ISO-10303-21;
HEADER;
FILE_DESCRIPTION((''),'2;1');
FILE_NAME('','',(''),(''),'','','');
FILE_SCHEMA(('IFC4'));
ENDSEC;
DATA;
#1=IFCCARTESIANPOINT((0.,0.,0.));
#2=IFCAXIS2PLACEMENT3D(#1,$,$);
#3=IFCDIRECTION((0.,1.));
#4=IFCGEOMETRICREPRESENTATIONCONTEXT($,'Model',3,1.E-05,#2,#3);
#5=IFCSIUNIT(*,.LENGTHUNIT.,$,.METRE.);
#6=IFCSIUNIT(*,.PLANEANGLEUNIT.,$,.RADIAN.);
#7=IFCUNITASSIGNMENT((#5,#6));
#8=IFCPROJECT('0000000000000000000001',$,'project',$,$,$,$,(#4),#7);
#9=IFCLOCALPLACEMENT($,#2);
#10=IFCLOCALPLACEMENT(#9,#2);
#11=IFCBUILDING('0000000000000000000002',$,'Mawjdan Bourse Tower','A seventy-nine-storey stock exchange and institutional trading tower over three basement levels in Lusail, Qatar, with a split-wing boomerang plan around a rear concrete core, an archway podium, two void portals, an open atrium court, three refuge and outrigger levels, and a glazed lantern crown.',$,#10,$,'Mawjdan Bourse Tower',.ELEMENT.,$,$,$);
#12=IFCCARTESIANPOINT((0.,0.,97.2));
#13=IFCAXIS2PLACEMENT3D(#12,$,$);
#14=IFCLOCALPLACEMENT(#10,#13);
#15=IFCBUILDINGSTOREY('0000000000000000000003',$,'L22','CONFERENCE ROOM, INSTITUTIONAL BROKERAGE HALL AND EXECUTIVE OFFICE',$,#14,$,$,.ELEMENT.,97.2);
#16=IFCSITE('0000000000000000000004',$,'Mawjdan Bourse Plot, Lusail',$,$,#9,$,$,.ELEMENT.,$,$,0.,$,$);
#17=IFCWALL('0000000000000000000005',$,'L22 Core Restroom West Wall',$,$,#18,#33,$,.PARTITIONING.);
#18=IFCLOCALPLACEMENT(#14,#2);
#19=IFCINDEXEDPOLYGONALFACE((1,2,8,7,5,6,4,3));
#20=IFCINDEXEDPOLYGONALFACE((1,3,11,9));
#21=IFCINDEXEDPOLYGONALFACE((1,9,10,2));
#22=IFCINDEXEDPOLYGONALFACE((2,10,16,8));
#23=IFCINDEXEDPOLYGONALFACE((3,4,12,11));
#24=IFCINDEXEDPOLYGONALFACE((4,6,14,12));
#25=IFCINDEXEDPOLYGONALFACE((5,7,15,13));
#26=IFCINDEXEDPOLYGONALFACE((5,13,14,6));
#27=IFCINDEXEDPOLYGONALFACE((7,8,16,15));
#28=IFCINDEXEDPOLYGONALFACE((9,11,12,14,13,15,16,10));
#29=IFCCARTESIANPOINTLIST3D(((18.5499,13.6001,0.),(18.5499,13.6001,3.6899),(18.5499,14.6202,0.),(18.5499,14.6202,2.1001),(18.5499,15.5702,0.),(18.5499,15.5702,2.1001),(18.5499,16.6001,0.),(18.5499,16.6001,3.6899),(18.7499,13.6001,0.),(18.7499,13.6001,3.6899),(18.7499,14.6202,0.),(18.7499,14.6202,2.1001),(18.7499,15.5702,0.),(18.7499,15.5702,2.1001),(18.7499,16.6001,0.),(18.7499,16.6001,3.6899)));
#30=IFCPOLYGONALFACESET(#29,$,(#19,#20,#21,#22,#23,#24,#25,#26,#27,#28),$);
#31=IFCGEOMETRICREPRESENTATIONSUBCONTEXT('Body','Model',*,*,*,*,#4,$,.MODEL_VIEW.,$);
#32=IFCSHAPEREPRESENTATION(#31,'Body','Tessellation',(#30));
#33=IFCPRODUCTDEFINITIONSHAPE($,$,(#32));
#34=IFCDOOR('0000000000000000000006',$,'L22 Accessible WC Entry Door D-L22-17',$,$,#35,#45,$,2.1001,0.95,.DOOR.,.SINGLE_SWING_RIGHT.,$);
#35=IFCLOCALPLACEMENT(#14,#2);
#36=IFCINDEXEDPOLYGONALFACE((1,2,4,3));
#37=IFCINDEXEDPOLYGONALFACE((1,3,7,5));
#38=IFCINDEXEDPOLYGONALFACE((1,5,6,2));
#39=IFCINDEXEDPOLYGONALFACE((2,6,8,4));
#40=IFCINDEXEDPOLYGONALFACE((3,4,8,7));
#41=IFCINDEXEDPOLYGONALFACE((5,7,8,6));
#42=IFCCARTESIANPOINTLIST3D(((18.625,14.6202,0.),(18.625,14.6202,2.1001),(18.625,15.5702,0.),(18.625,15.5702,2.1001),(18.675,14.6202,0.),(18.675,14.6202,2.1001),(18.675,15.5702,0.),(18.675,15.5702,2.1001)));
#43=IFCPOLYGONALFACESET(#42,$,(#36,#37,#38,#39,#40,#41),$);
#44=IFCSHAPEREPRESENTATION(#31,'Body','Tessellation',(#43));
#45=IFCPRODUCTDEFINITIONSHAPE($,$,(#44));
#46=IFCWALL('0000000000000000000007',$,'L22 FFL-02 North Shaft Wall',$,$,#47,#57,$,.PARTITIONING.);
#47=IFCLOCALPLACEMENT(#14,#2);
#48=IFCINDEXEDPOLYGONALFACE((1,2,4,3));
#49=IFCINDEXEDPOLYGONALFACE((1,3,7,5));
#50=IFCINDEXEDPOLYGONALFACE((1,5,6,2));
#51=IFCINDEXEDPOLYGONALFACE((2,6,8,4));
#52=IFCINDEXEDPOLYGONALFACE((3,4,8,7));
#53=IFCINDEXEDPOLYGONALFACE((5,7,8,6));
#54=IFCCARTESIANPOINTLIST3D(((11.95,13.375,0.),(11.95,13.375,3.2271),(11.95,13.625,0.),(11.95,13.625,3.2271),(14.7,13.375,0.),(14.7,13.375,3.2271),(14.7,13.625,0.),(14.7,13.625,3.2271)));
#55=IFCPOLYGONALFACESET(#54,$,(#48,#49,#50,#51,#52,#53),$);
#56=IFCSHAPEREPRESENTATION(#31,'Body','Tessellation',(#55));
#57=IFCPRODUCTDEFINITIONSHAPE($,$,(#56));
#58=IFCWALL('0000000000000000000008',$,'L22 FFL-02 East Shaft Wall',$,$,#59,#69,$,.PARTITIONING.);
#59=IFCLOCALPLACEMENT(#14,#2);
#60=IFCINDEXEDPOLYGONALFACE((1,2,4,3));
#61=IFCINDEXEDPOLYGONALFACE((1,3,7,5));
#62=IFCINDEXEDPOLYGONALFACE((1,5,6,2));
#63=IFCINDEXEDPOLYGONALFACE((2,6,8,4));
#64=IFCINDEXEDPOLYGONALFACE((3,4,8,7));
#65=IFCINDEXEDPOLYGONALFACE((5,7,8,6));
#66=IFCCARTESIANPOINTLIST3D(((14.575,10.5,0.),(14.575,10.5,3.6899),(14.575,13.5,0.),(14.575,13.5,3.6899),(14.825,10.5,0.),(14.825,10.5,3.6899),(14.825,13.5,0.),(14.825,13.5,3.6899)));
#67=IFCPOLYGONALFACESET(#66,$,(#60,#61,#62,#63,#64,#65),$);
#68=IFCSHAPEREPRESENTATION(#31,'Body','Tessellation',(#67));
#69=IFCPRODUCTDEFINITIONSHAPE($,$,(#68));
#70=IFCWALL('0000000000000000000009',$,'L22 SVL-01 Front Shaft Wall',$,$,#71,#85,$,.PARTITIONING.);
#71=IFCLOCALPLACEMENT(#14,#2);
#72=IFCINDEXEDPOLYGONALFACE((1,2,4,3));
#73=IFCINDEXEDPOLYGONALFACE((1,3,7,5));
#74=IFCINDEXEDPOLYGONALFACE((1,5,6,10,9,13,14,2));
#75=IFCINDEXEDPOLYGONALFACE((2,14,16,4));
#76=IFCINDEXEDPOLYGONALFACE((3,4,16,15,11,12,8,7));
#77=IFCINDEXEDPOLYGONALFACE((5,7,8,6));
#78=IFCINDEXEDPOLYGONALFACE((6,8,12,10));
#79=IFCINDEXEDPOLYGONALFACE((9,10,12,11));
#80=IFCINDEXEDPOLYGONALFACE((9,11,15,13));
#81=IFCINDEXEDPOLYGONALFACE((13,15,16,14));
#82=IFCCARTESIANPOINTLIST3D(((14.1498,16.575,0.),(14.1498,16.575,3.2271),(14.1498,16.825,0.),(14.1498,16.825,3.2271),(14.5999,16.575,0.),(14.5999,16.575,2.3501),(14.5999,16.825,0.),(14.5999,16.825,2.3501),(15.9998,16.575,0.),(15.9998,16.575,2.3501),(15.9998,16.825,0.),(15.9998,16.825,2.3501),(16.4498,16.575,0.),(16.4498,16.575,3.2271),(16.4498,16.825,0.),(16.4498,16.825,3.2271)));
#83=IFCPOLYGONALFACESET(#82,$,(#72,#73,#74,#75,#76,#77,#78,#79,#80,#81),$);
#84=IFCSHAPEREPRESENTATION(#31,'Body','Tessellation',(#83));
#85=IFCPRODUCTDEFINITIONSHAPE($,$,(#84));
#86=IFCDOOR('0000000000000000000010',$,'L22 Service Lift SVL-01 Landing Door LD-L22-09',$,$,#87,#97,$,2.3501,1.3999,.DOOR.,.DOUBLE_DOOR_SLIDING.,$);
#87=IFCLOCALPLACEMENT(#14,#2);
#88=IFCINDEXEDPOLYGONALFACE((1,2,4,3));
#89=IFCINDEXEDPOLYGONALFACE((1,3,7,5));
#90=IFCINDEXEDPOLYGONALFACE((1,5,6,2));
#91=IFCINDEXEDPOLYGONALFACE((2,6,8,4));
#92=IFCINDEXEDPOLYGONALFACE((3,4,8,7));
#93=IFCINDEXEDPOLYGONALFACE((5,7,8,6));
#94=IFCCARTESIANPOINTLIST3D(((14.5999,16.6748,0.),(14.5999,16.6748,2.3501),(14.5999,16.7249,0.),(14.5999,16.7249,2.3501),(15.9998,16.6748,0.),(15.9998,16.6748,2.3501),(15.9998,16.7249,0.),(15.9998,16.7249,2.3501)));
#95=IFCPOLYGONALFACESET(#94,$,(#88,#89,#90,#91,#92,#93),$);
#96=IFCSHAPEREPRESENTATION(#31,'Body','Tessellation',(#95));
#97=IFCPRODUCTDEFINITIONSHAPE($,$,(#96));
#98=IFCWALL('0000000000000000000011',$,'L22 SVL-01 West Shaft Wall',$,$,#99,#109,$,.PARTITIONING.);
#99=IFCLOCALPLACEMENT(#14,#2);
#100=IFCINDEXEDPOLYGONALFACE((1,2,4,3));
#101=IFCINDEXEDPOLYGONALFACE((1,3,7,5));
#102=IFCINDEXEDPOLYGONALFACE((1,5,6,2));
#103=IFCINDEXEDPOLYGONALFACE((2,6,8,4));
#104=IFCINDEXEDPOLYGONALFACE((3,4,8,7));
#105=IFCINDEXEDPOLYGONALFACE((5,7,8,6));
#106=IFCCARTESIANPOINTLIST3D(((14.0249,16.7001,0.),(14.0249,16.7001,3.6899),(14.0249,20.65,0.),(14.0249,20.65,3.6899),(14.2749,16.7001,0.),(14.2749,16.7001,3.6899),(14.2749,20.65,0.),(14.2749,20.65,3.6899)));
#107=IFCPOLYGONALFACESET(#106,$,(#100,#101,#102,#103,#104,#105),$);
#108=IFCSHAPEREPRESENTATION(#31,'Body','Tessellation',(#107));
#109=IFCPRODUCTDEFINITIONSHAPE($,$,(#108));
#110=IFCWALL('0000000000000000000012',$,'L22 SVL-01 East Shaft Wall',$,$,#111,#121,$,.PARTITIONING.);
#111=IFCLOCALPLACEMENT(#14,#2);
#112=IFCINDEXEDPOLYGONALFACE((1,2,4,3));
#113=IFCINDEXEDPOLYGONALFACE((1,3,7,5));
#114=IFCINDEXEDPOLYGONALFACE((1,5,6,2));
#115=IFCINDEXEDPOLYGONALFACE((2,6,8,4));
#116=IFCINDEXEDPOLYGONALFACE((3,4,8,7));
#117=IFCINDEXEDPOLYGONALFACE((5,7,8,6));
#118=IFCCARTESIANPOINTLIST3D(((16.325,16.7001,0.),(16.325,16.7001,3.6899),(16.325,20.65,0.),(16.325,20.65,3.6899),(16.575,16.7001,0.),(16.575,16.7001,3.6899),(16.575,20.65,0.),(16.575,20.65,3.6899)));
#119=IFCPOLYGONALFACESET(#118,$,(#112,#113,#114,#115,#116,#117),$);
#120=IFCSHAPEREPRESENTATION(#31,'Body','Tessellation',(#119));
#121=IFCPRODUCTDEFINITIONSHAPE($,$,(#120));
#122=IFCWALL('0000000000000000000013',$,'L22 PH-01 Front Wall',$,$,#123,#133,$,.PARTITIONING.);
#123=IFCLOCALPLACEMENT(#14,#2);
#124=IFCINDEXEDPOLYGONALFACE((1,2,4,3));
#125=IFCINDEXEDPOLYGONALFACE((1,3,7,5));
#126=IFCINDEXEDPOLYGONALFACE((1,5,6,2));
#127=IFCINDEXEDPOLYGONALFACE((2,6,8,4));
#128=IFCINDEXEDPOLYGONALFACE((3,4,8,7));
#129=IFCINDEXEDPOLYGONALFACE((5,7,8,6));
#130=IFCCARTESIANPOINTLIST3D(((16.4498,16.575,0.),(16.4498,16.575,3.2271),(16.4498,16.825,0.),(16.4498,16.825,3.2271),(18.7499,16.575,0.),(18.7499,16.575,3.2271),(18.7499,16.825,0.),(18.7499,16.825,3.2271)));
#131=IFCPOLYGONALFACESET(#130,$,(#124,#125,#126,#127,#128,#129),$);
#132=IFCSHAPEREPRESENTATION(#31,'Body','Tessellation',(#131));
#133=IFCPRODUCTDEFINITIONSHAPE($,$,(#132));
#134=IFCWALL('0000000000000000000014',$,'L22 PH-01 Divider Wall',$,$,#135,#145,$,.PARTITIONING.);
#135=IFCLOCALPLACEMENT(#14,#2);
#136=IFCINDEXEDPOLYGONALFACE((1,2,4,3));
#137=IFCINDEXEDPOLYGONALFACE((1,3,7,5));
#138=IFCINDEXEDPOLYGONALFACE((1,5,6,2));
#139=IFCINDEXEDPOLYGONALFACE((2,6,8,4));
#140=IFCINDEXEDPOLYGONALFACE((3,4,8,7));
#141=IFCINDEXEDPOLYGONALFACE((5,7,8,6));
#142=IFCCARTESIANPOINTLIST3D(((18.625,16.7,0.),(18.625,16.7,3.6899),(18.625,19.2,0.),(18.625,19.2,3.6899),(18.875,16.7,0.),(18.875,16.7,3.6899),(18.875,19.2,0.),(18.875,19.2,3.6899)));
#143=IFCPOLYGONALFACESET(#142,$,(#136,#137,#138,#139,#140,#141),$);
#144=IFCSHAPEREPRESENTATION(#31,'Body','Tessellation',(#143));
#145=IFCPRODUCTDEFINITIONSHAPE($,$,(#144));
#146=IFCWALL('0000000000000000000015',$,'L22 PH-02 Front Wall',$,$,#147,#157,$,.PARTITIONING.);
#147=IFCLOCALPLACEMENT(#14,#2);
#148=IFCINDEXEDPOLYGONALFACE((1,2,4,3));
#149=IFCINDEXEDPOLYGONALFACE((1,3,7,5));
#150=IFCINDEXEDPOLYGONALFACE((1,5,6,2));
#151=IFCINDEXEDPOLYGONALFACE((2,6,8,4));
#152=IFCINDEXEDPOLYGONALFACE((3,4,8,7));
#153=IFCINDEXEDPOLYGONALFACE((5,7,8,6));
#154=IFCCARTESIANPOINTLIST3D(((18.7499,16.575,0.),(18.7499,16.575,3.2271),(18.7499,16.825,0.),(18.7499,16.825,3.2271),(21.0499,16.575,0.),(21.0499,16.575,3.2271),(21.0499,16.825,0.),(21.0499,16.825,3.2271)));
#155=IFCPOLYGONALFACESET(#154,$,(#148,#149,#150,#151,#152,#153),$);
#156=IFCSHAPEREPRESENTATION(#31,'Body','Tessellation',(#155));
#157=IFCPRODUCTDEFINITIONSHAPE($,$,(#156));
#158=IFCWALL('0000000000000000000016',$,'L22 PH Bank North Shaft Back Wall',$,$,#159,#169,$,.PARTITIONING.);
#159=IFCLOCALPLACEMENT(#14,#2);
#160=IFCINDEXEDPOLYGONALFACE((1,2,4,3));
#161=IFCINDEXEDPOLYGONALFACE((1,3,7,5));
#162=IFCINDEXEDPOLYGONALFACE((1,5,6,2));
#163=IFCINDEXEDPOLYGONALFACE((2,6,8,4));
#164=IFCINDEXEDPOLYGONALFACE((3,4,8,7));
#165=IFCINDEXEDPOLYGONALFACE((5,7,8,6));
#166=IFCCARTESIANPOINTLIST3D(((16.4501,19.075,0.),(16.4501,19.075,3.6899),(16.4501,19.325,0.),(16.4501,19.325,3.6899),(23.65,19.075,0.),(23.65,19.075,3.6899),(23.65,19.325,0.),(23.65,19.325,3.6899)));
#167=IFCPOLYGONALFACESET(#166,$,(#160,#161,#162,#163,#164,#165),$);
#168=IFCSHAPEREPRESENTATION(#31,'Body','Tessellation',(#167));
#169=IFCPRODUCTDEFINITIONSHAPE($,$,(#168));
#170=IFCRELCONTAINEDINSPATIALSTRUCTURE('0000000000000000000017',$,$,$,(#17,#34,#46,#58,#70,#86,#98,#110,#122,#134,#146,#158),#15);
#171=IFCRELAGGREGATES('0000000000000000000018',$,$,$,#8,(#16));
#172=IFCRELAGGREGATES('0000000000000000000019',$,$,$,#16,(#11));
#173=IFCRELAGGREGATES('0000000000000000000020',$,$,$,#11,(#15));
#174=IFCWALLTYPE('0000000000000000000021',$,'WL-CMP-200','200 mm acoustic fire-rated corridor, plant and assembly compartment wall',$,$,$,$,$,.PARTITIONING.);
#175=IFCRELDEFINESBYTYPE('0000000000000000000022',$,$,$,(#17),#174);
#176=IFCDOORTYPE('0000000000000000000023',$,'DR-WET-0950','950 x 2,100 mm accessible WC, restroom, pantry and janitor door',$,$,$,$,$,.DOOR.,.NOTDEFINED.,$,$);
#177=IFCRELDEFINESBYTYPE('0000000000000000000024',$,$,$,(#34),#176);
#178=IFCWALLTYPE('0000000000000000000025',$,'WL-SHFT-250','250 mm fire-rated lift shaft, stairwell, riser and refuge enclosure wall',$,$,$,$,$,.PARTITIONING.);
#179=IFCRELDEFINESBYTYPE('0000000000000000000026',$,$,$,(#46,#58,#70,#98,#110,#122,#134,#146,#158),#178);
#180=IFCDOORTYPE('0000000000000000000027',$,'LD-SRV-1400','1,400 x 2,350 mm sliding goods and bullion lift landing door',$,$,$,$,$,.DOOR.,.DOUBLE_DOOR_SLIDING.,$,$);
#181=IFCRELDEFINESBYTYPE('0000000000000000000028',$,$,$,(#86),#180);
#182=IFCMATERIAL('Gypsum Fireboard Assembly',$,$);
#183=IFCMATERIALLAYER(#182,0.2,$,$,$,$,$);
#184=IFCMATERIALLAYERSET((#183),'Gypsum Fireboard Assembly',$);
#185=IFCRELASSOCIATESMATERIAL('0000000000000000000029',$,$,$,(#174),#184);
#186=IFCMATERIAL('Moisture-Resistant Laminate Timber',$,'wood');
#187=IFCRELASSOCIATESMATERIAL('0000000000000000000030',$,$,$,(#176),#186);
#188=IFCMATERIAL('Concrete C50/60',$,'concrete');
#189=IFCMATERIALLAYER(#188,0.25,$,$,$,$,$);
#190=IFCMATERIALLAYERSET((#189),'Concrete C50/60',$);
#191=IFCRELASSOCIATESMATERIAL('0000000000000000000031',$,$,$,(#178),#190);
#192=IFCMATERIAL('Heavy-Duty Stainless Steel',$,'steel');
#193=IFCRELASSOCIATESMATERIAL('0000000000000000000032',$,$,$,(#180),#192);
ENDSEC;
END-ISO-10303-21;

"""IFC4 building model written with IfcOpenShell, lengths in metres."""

from ifc_helpers import new_model, si_unit, direction, frame, frame_2d, origin, place, context, subcontext, project, spatial, rectangle, extrude, material, layer, layer_set, type_object, element, fill, save


model = new_model("IFC4")

# Units and contexts
model_context = context("Model", 3, precision=1e-05, world=origin(), true_north=direction((0.0, 1.0)))
body_context = subcontext(model_context, "Body", "Model", "MODEL_VIEW")
ifc_project = project(units=[si_unit("LENGTHUNIT", "METRE"), si_unit("PLANEANGLEUNIT", "RADIAN")], contexts=[model_context])

# Site, building, storey
site_placement = place(None, origin())
site = spatial("IfcSite", under=ifc_project, at=site_placement, Name="Mawjdan Bourse Plot, Lusail", CompositionType="ELEMENT", RefElevation=0.0)
building_placement = place(site_placement, origin())
building = spatial("IfcBuilding", under=site, at=building_placement, Name="Mawjdan Bourse Tower", Description="A seventy-nine-storey stock exchange and institutional trading tower over three basement levels in Lusail, Qatar, with a split-wing boomerang plan around a rear concrete core, an archway podium, two void portals, an open atrium court, three refuge and outrigger levels, and a glazed lantern crown.", LongName="Mawjdan Bourse Tower", CompositionType="ELEMENT")
storey_placement = place(building_placement, frame((0.0, 0.0, 97.2)))
storey = spatial("IfcBuildingStorey", under=building, at=storey_placement, Name="L22", Description="CONFERENCE ROOM, INSTITUTIONAL BROKERAGE HALL AND EXECUTIVE OFFICE", CompositionType="ELEMENT", Elevation=97.2)

# Wall, opening, door
ifc_material_1 = material(Name="Gypsum Fireboard Assembly")
ifc_layer_1 = layer(ifc_material_1, 0.2)
ifc_layer_set_1 = layer_set([ifc_layer_1], Name="Gypsum Fireboard Assembly")
wall_type_1 = type_object("IfcWallType", Name="WL-CMP-200", Description="200 mm acoustic fire-rated corridor, plant and assembly compartment wall", PredefinedType="PARTITIONING", material=ifc_layer_set_1)
wall_1_placement = place(storey_placement, frame((18.6499, 13.6001, 0.0), z_axis=(0.0, 0.0, 1.0), x_axis=(0.0, 1.0, 0.0)))
wall_1 = element("IfcWall", 1, at=wall_1_placement, inside=storey, type_object=wall_type_1, Name="L22 Core Restroom West Wall", PredefinedType="PARTITIONING", context=body_context, shape_type="SweptSolid", body=[
    extrude(rectangle(XDim=3.0, YDim=0.2, at=frame_2d((1.5, 0.0))), origin(), (0.0, 0.0, 1.0), 3.6899),
])
opening_1_placement = place(wall_1_placement, frame((1.02, 0.0, 0.0)))
opening_1 = element("IfcOpeningElement", 2, at=opening_1_placement, cuts=wall_1, PredefinedType="OPENING", context=body_context, shape_type="SweptSolid", body=[
    extrude(rectangle(XDim=0.95, YDim=2.1001, at=frame_2d((0.4751, 1.05))), frame((0.0, 0.1099, 0.0), z_axis=(0.0, -1.0, 0.0), x_axis=(1.0, 0.0, 0.0)), (0.0, 0.0, 1.0), 0.22),
])
ifc_material_2 = material(Name="Moisture-Resistant Laminate Timber", Category="wood")
door_type_1 = type_object("IfcDoorType", Name="DR-WET-0950", Description="950 x 2,100 mm accessible WC, restroom, pantry and janitor door", OperationType="NOTDEFINED", PredefinedType="DOOR", material=ifc_material_2)
door_1_placement = place(opening_1_placement, origin())
door_1 = element("IfcDoor", 3, at=door_1_placement, inside=storey, type_object=door_type_1, Name="L22 Accessible WC Entry Door D-L22-17", OperationType="SINGLE_SWING_RIGHT", OverallHeight=2.1001, OverallWidth=0.95, PredefinedType="DOOR", context=body_context, shape_type="SweptSolid", body=[
    extrude(rectangle(XDim=0.95, YDim=2.1001, at=frame_2d((0.4751, 1.05))), frame((0.0, 0.0249, 0.0), z_axis=(0.0, -1.0, 0.0), x_axis=(1.0, 0.0, 0.0)), (0.0, 0.0, 1.0), 0.05),
])
fill(opening_1, door_1)

# Walls
ifc_material_3 = material(Name="Concrete C50/60", Category="concrete")
ifc_layer_2 = layer(ifc_material_3, 0.25)
ifc_layer_set_2 = layer_set([ifc_layer_2], Name="Concrete C50/60")
wall_type_2 = type_object("IfcWallType", Name="WL-SHFT-250", Description="250 mm fire-rated lift shaft, stairwell, riser and refuge enclosure wall", PredefinedType="PARTITIONING", material=ifc_layer_set_2)
wall_2_placement = place(storey_placement, frame((11.95, 13.5, 0.0), z_axis=(0.0, 0.0, 1.0), x_axis=(1.0, 0.0, 0.0)))
element("IfcWall", 4, at=wall_2_placement, inside=storey, type_object=wall_type_2, Name="L22 FFL-02 North Shaft Wall", PredefinedType="PARTITIONING", context=body_context, shape_type="SweptSolid", body=[
    extrude(rectangle(XDim=2.75, YDim=0.25, at=frame_2d((1.375, 0.0))), origin(), (0.0, 0.0, 1.0), 3.2271),
])
wall_3_placement = place(storey_placement, frame((14.7, 10.5, 0.0), z_axis=(0.0, 0.0, 1.0), x_axis=(0.0, 1.0, 0.0)))
element("IfcWall", 5, at=wall_3_placement, inside=storey, type_object=wall_type_2, Name="L22 FFL-02 East Shaft Wall", PredefinedType="PARTITIONING", context=body_context, shape_type="SweptSolid", body=[
    extrude(rectangle(XDim=3.0, YDim=0.25, at=frame_2d((1.5, 0.0))), origin(), (0.0, 0.0, 1.0), 3.6899),
])

# Wall, opening, door
wall_4_placement = place(storey_placement, frame((14.1499, 16.7, 0.0), z_axis=(0.0, 0.0, 1.0), x_axis=(1.0, 0.0, 0.0)))
wall_4 = element("IfcWall", 6, at=wall_4_placement, inside=storey, type_object=wall_type_2, Name="L22 SVL-01 Front Shaft Wall", PredefinedType="PARTITIONING", context=body_context, shape_type="SweptSolid", body=[
    extrude(rectangle(XDim=2.3, YDim=0.25, at=frame_2d((1.1499, 0.0))), origin(), (0.0, 0.0, 1.0), 3.2271),
])
opening_2_placement = place(wall_4_placement, frame((0.45, 0.0, 0.0)))
opening_2 = element("IfcOpeningElement", 7, at=opening_2_placement, cuts=wall_4, PredefinedType="OPENING", context=body_context, shape_type="SweptSolid", body=[
    extrude(rectangle(XDim=1.3999, YDim=2.3501, at=frame_2d((0.7, 1.175))), frame((0.0, 0.135, 0.0), z_axis=(0.0, -1.0, 0.0), x_axis=(1.0, 0.0, 0.0)), (0.0, 0.0, 1.0), 0.27),
])
ifc_material_4 = material(Name="Heavy-Duty Stainless Steel", Category="steel")
door_type_2 = type_object("IfcDoorType", Name="LD-SRV-1400", Description="1,400 x 2,350 mm sliding goods and bullion lift landing door", OperationType="DOUBLE_DOOR_SLIDING", PredefinedType="DOOR", material=ifc_material_4)
door_2_placement = place(opening_2_placement, origin())
door_2 = element("IfcDoor", 8, at=door_2_placement, inside=storey, type_object=door_type_2, Name="L22 Service Lift SVL-01 Landing Door LD-L22-09", OperationType="DOUBLE_DOOR_SLIDING", OverallHeight=2.3501, OverallWidth=1.3999, PredefinedType="DOOR", context=body_context, shape_type="SweptSolid", body=[
    extrude(rectangle(XDim=1.3999, YDim=2.3501, at=frame_2d((0.7, 1.175))), frame((0.0, 0.0249, 0.0), z_axis=(0.0, -1.0, 0.0), x_axis=(1.0, 0.0, 0.0)), (0.0, 0.0, 1.0), 0.05),
])
fill(opening_2, door_2)

# Walls
for number, where, z_axis, x_axis, name in (
    (9, (14.1499, 16.7, 0.0), (0.0, 0.0, 1.0), (0.0, 1.0, 0.0), "L22 SVL-01 West Shaft Wall"),
    (10, (16.45, 16.7, 0.0), (0.0, 0.0, 1.0), (0.0, 1.0, 0.0), "L22 SVL-01 East Shaft Wall"),
):
    element("IfcWall", number, at=place(storey_placement, frame(where, z_axis=z_axis, x_axis=x_axis)), inside=storey, type_object=wall_type_2, Name=name, PredefinedType="PARTITIONING", context=body_context, shape_type="SweptSolid", body=[
        extrude(rectangle(XDim=3.95, YDim=0.25, at=frame_2d((1.9751, 0.0))), origin(), (0.0, 0.0, 1.0), 3.6899),
    ])
wall_5_placement = place(storey_placement, frame((16.45, 16.7, 0.0), z_axis=(0.0, 0.0, 1.0), x_axis=(1.0, 0.0, 0.0)))
element("IfcWall", 11, at=wall_5_placement, inside=storey, type_object=wall_type_2, Name="L22 PH-01 Front Wall", PredefinedType="PARTITIONING", context=body_context, shape_type="SweptSolid", body=[
    extrude(rectangle(XDim=2.3, YDim=0.25, at=frame_2d((1.1499, 0.0))), origin(), (0.0, 0.0, 1.0), 3.2271),
])
wall_6_placement = place(storey_placement, frame((18.75, 16.7, 0.0), z_axis=(0.0, 0.0, 1.0), x_axis=(0.0, 1.0, 0.0)))
element("IfcWall", 12, at=wall_6_placement, inside=storey, type_object=wall_type_2, Name="L22 PH-01 Divider Wall", PredefinedType="PARTITIONING", context=body_context, shape_type="SweptSolid", body=[
    extrude(rectangle(XDim=2.5, YDim=0.25, at=frame_2d((1.25, 0.0))), origin(), (0.0, 0.0, 1.0), 3.6899),
])
wall_7_placement = place(storey_placement, frame((18.75, 16.7, 0.0), z_axis=(0.0, 0.0, 1.0), x_axis=(1.0, 0.0, 0.0)))
element("IfcWall", 13, at=wall_7_placement, inside=storey, type_object=wall_type_2, Name="L22 PH-02 Front Wall", PredefinedType="PARTITIONING", context=body_context, shape_type="SweptSolid", body=[
    extrude(rectangle(XDim=2.3, YDim=0.25, at=frame_2d((1.1499, 0.0))), origin(), (0.0, 0.0, 1.0), 3.2271),
])
wall_8_placement = place(storey_placement, frame((16.45, 19.2, 0.0), z_axis=(0.0, 0.0, 1.0), x_axis=(1.0, 0.0, 0.0)))
element("IfcWall", 14, at=wall_8_placement, inside=storey, type_object=wall_type_2, Name="L22 PH Bank North Shaft Back Wall", PredefinedType="PARTITIONING", context=body_context, shape_type="SweptSolid", body=[
    extrude(rectangle(XDim=7.2, YDim=0.25, at=frame_2d((3.6001, 0.0))), origin(), (0.0, 0.0, 1.0), 3.6899),
])

save(model, "model.ifc")
